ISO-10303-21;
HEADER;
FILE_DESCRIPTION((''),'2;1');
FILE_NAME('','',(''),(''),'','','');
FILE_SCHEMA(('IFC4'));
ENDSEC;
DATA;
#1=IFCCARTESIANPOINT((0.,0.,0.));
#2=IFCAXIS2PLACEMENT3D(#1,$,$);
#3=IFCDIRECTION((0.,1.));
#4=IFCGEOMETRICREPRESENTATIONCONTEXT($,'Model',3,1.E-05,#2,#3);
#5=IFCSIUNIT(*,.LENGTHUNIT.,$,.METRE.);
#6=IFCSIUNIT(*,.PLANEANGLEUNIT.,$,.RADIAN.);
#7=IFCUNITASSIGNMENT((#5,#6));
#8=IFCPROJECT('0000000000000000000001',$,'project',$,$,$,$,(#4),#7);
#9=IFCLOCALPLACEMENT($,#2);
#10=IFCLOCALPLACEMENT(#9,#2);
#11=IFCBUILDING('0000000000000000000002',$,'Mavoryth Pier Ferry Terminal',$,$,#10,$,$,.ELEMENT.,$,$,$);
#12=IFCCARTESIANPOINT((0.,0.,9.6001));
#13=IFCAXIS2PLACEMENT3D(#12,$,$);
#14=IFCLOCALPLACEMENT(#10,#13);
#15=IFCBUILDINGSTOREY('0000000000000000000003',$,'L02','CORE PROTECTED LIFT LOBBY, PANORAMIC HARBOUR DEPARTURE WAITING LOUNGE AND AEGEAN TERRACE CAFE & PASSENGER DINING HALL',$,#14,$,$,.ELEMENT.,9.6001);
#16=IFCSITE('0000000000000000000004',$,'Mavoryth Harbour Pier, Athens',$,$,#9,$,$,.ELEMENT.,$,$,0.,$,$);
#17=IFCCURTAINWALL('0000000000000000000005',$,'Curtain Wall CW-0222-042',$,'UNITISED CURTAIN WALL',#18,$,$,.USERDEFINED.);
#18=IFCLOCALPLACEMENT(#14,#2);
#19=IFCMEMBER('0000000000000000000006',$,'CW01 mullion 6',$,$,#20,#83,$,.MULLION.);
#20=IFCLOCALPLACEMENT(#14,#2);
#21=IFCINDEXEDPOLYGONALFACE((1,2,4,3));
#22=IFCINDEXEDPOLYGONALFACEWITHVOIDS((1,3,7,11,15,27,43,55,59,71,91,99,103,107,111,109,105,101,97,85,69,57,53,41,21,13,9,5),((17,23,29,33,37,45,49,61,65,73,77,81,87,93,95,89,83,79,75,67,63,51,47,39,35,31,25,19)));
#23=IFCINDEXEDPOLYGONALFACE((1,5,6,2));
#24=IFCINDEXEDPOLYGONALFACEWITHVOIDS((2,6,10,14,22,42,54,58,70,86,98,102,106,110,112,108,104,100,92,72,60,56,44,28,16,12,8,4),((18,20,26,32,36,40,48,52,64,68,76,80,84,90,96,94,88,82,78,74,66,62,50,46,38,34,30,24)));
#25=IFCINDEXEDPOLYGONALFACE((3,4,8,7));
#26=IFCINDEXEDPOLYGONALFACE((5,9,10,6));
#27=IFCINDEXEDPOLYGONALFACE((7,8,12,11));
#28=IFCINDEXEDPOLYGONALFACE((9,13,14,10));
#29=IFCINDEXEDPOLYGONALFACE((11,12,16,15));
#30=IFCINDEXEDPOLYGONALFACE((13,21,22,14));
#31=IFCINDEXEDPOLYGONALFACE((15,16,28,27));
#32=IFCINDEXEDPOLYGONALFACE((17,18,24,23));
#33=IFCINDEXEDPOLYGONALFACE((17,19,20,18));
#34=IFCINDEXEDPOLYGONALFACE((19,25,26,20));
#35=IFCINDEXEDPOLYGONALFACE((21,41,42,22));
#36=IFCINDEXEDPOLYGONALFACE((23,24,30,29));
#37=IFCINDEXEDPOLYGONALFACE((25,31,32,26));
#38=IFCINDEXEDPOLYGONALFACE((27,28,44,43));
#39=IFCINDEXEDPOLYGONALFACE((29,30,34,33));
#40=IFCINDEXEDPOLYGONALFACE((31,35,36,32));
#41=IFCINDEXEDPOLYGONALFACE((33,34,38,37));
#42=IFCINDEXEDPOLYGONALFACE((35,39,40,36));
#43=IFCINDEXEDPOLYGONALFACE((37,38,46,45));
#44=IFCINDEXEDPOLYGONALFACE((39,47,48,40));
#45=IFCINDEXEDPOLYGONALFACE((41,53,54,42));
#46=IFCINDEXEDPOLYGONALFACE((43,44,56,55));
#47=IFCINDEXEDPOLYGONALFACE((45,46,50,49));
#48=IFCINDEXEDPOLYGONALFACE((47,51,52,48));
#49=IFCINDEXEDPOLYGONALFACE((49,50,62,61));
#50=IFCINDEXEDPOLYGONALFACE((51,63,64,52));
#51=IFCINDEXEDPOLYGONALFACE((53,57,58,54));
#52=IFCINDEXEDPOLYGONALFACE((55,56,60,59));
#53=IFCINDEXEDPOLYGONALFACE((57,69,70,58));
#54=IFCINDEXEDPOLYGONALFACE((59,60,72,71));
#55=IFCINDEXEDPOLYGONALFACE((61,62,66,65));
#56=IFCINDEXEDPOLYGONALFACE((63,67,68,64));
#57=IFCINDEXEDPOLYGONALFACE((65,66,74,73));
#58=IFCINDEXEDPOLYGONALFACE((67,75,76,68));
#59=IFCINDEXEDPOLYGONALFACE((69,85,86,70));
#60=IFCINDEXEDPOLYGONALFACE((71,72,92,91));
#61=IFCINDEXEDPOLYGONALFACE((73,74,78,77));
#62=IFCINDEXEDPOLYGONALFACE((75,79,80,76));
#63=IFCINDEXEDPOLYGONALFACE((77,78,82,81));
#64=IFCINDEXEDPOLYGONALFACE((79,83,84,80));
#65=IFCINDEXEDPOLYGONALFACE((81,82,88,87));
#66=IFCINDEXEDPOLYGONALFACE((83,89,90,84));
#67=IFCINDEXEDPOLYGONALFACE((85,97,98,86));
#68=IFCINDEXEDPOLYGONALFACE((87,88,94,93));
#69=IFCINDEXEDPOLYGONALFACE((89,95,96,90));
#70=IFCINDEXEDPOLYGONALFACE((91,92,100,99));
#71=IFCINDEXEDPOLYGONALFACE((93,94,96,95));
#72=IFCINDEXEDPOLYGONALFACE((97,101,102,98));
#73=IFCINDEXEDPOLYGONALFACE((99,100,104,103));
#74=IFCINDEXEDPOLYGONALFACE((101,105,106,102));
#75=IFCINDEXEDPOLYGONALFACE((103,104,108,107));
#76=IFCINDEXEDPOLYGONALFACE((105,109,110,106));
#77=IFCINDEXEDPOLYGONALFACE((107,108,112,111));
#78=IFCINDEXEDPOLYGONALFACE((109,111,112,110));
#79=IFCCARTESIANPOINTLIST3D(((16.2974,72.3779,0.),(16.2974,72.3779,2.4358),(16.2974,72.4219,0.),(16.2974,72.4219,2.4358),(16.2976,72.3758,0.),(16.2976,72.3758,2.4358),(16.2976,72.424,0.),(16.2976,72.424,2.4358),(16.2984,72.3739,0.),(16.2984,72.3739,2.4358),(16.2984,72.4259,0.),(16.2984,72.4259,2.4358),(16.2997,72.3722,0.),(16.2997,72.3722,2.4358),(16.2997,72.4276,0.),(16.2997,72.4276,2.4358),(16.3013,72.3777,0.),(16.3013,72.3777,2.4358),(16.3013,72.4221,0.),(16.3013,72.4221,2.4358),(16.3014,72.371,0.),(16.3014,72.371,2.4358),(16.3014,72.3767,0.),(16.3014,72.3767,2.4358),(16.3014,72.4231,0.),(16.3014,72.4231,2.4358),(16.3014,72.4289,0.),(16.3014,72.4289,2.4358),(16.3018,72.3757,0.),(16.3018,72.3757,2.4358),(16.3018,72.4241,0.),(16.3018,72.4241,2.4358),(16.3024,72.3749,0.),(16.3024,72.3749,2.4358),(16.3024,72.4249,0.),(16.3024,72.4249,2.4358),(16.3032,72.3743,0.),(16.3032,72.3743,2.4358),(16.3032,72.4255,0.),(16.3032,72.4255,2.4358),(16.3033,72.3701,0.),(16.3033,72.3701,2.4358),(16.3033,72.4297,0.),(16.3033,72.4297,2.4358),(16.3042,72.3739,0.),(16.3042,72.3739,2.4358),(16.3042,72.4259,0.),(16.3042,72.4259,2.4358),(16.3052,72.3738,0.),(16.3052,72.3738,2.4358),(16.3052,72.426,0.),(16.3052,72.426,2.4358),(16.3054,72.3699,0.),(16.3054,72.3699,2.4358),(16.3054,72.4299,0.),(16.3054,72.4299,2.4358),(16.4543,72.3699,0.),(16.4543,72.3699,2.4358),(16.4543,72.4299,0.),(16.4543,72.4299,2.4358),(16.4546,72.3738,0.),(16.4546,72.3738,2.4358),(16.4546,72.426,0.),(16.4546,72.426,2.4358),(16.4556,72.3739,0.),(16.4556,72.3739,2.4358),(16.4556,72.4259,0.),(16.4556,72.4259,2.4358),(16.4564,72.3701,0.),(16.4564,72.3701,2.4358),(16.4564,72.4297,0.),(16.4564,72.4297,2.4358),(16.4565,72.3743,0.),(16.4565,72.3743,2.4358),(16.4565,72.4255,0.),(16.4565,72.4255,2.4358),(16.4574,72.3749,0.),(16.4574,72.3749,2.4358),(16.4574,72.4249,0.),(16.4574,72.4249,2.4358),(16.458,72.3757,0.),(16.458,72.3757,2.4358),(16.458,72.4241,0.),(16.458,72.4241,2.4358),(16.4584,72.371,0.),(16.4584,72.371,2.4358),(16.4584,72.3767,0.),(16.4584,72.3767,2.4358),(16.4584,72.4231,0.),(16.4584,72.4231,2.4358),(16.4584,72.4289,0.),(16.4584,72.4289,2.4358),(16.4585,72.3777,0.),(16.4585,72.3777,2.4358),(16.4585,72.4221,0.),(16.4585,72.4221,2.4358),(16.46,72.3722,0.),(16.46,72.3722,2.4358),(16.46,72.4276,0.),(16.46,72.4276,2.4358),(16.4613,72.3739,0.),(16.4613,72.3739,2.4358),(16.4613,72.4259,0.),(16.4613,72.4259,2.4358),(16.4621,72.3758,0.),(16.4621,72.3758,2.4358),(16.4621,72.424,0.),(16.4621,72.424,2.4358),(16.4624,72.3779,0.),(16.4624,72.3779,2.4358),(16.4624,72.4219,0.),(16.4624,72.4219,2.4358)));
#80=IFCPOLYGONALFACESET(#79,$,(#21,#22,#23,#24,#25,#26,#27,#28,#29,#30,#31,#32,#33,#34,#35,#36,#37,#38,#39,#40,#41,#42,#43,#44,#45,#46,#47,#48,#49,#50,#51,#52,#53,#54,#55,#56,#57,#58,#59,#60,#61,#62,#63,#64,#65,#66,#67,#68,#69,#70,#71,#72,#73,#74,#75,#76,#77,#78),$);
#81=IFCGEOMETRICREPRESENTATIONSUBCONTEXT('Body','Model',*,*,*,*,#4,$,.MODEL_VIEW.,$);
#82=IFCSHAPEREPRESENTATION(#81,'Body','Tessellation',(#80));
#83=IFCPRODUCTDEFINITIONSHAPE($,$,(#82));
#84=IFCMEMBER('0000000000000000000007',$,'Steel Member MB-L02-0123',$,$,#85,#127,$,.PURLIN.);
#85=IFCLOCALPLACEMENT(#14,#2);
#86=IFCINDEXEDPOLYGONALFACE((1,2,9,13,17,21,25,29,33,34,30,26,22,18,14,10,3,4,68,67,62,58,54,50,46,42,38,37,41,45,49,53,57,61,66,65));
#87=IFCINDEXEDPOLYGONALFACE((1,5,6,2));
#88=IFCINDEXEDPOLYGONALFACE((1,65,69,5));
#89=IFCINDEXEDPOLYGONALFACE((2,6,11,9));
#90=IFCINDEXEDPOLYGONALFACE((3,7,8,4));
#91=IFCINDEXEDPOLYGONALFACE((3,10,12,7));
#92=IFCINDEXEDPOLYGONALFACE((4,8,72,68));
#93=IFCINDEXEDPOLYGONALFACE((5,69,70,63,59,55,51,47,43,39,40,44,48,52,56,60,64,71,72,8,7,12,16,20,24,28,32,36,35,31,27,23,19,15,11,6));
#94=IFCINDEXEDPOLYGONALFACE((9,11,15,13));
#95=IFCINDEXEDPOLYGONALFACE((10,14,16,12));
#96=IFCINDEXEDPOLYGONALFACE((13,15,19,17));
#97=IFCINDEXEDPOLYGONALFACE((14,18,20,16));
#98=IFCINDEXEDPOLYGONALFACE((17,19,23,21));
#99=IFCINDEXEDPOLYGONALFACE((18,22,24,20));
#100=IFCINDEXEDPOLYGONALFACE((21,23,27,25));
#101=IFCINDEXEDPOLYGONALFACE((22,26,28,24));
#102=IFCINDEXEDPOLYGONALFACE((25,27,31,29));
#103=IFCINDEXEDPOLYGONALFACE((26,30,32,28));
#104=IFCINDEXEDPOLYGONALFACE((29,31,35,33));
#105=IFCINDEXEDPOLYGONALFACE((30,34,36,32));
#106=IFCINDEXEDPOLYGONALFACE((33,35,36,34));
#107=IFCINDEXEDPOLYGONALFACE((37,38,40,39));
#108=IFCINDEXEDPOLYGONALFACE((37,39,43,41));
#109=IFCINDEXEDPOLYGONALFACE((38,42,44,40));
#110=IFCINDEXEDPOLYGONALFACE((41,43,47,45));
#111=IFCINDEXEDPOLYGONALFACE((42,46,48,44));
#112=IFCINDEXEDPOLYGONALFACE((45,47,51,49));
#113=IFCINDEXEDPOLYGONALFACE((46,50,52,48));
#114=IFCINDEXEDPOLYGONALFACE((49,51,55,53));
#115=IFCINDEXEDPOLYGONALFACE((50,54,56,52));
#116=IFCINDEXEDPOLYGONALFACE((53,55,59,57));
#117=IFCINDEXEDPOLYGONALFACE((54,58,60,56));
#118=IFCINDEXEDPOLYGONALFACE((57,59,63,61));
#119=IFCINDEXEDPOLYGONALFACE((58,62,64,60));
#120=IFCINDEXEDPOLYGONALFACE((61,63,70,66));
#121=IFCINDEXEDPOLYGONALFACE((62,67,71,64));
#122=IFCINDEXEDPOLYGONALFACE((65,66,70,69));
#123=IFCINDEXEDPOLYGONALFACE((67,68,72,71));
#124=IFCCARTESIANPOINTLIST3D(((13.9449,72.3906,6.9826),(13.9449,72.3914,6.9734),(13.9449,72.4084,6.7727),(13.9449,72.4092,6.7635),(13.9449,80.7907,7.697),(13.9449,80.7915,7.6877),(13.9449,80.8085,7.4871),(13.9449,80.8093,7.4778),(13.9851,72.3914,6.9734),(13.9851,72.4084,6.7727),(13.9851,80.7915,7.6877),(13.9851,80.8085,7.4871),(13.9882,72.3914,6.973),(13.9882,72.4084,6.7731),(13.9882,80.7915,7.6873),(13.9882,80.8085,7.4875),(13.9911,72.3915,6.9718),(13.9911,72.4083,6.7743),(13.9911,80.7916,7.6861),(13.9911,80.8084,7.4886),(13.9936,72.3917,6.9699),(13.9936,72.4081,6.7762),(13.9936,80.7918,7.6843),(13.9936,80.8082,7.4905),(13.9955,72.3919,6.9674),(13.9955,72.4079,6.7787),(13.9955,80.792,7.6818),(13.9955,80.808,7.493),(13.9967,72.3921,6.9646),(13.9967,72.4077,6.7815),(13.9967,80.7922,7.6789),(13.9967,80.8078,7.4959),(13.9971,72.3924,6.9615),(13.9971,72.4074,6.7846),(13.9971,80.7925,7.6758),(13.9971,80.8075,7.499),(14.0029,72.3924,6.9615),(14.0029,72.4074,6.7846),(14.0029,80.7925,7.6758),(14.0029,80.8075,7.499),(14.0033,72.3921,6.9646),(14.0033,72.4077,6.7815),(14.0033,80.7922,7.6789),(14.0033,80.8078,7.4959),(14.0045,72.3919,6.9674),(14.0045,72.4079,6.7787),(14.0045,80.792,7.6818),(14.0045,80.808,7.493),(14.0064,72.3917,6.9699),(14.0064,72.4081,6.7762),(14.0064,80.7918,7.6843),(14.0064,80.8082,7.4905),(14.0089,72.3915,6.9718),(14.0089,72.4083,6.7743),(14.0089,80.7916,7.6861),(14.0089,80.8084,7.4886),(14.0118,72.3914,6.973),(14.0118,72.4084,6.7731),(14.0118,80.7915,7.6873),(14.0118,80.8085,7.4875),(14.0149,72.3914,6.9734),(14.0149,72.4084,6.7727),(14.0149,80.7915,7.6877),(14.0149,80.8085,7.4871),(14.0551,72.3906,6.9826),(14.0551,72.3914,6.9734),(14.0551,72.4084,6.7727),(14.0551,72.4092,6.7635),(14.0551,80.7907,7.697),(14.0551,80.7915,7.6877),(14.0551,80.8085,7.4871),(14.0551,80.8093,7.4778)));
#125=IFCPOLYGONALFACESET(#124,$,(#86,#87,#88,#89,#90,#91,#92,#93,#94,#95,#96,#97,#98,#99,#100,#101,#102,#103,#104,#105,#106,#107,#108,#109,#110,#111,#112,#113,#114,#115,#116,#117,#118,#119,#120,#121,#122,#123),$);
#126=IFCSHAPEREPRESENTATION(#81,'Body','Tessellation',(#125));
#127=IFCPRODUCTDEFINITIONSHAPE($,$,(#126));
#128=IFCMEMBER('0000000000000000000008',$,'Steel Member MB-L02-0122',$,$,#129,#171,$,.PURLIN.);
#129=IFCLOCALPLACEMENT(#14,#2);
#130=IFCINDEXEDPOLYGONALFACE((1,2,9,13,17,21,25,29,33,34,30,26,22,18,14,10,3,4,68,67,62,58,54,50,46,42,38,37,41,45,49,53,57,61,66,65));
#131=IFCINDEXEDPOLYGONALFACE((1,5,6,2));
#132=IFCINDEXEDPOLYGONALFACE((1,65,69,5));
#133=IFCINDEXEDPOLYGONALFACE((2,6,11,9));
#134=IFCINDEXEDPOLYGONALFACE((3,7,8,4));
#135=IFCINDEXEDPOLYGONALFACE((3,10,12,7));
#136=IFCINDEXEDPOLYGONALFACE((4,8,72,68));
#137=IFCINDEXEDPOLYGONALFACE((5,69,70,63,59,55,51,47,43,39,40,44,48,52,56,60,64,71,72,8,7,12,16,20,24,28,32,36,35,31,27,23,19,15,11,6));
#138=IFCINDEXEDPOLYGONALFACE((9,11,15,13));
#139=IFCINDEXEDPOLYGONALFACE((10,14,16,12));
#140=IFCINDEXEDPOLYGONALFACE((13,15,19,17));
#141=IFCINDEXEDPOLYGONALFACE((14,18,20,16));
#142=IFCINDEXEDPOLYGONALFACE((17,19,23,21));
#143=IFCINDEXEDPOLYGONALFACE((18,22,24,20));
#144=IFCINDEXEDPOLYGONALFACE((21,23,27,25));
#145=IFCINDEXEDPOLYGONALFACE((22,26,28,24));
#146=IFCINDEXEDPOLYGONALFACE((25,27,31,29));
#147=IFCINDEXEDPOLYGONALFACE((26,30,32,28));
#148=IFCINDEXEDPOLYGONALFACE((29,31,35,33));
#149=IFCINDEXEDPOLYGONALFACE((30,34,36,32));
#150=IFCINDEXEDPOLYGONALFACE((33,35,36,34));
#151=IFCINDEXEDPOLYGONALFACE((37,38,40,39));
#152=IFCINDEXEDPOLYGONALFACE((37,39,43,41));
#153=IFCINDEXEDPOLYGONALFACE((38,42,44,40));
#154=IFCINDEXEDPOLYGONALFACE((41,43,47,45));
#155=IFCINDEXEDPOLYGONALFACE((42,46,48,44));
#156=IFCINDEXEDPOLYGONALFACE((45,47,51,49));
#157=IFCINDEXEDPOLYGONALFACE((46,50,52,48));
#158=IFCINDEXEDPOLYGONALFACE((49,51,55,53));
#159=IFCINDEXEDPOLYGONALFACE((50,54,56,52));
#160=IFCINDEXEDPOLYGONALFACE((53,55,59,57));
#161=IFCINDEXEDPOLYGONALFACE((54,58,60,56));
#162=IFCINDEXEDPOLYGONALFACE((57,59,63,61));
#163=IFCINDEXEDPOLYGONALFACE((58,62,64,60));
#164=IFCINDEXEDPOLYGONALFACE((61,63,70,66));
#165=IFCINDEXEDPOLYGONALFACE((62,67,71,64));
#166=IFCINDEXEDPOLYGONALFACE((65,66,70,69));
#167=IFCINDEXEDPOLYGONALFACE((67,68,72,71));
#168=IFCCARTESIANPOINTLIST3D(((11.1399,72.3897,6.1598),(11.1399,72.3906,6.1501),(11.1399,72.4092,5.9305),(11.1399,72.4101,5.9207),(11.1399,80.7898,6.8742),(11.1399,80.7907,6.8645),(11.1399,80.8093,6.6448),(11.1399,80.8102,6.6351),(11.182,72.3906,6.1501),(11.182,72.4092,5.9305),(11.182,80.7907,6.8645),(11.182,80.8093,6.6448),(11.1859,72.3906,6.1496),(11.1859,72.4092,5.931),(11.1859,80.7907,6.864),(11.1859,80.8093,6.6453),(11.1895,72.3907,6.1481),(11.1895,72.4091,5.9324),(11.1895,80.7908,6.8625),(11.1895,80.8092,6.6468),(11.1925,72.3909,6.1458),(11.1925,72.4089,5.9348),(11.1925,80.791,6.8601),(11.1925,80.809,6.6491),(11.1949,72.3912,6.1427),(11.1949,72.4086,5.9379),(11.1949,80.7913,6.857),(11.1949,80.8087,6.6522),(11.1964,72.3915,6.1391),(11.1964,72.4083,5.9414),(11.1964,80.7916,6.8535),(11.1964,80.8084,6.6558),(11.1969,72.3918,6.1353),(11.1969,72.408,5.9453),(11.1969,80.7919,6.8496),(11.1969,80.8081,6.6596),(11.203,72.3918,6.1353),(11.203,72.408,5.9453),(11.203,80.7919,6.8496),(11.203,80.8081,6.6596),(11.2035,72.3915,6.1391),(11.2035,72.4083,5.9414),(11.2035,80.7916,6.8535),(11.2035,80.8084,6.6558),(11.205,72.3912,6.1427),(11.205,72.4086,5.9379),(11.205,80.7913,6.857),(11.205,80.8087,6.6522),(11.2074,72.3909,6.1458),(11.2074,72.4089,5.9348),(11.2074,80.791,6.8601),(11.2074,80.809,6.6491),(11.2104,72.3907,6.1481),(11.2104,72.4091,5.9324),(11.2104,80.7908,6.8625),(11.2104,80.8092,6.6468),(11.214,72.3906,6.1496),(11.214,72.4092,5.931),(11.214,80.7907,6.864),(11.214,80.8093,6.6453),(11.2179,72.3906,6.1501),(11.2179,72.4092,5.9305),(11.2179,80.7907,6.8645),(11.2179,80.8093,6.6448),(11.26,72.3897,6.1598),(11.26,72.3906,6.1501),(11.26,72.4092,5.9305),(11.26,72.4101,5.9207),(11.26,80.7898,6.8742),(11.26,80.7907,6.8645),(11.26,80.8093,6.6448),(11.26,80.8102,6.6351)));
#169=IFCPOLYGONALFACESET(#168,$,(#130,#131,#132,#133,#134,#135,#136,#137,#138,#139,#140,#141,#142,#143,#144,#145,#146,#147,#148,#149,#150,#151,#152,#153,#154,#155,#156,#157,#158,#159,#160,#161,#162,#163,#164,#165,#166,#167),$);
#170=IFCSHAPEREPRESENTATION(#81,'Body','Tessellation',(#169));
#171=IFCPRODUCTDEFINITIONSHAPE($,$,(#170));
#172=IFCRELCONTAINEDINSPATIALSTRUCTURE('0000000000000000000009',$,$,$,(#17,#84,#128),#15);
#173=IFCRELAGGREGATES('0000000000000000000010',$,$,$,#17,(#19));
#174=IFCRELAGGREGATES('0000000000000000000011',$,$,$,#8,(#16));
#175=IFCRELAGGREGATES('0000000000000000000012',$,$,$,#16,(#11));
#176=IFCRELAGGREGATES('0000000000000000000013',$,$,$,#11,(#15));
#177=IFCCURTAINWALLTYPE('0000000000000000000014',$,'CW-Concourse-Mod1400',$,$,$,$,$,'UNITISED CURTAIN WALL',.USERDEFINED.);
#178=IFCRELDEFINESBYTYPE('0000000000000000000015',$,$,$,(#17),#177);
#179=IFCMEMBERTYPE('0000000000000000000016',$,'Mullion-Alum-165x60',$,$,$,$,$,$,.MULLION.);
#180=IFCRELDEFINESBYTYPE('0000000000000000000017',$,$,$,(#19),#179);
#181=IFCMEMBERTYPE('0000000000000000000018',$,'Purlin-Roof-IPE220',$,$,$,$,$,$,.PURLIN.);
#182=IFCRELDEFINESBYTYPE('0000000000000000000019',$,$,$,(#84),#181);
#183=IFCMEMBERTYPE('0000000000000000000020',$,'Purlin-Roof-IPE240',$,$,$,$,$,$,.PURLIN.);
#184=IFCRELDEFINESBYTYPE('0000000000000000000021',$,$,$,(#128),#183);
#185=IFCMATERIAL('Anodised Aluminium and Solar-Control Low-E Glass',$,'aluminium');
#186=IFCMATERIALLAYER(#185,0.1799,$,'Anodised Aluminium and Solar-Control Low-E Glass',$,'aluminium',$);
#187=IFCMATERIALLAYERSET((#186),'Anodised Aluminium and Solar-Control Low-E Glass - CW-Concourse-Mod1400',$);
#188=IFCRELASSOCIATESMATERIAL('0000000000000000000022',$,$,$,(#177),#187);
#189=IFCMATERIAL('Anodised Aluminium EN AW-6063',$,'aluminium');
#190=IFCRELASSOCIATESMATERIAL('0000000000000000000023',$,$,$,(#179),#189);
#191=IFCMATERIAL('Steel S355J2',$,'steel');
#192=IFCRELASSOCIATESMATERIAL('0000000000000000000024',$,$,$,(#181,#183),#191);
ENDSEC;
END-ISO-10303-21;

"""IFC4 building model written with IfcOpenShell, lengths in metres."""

from ifc_helpers import new_model, si_unit, direction, frame, origin, origin_2d, place, context, subcontext, project, spatial, hollow_rectangle, i_section, extrude, material, layer, layer_set, material_profile, profile_set, type_object, element, aggregate, save


model = new_model("IFC4")

# Units and contexts
model_context = context("Model", 3, precision=1e-05, world=origin(), true_north=direction((0.0, 1.0)))
body_context = subcontext(model_context, "Body", "Model", "MODEL_VIEW")
ifc_project = project(units=[si_unit("LENGTHUNIT", "METRE"), si_unit("PLANEANGLEUNIT", "RADIAN")], contexts=[model_context])

# Site, building, storey
site_placement = place(None, origin())
site = spatial("IfcSite", under=ifc_project, at=site_placement, Name="Mavoryth Harbour Pier, Athens", CompositionType="ELEMENT", RefElevation=0.0)
building_placement = place(site_placement, origin())
building = spatial("IfcBuilding", under=site, at=building_placement, Name="Mavoryth Pier Ferry Terminal", CompositionType="ELEMENT")
storey_placement = place(building_placement, frame((0.0, 0.0, 9.6001)))
storey = spatial("IfcBuildingStorey", under=building, at=storey_placement, Name="L02", Description="CORE PROTECTED LIFT LOBBY, PANORAMIC HARBOUR DEPARTURE WAITING LOUNGE AND AEGEAN TERRACE CAFE & PASSENGER DINING HALL", CompositionType="ELEMENT", Elevation=9.6001)

# Shared definitions
ifc_material_1 = material(Name="Steel S355J2", Category="steel")

# Shared definitions
ifc_material_2 = material(Name="Anodised Aluminium and Solar-Control Low-E Glass", Category="aluminium")
ifc_layer_1 = layer(ifc_material_2, 0.1799, Name="Anodised Aluminium and Solar-Control Low-E Glass", Category="aluminium")
ifc_layer_set_1 = layer_set([ifc_layer_1], Name="Anodised Aluminium and Solar-Control Low-E Glass - CW-Concourse-Mod1400")
curtain_wall_type = type_object("IfcCurtainWallType", Name="CW-Concourse-Mod1400", ElementType="UNITISED CURTAIN WALL", PredefinedType="USERDEFINED", material=ifc_layer_set_1)
ifc_material_3 = material(Name="Anodised Aluminium EN AW-6063", Category="aluminium")
ifc_material_profile_1 = material_profile(ifc_material_3, hollow_rectangle(XDim=0.0601, YDim=0.165, WallThickness=0.0039, InnerFilletRadius=0.0039, OuterFilletRadius=0.0081, at=origin_2d()), Name="AL-MULL 165x60x4", Category="aluminium")
ifc_profile_set_1 = profile_set([ifc_material_profile_1], Name="Anodised Aluminium EN AW-6063 - AL-MULL 165x60x4")
member_type_1 = type_object("IfcMemberType", Name="Mullion-Alum-165x60", PredefinedType="MULLION", material=ifc_profile_set_1)

# Curtain wall, member
curtain_wall_1_placement = place(storey_placement, origin())
curtain_wall_1 = element("IfcCurtainWall", 1, at=curtain_wall_1_placement, inside=storey, type_object=curtain_wall_type, Name="Curtain Wall CW-0222-042", ObjectType="UNITISED CURTAIN WALL", PredefinedType="USERDEFINED")
member_1_placement = place(storey_placement, frame((16.3799, 72.3999, 0.0), z_axis=(0.0, 0.0, 1.0), x_axis=(0.0, 1.0, 0.0)))
member_1 = element("IfcMember", 2, at=member_1_placement, type_object=member_type_1, Name="CW01 mullion 6", PredefinedType="MULLION", context=body_context, shape_type="SweptSolid", body=[
    extrude(hollow_rectangle(XDim=0.0601, YDim=0.165, WallThickness=0.0039, InnerFilletRadius=0.0039, OuterFilletRadius=0.0081, at=origin_2d()), origin(), (0.0, 0.0, 1.0), 2.4358),
])

# Members
ifc_material_profile_2 = material_profile(ifc_material_1, i_section(OverallWidth=0.1101, OverallDepth=0.22, WebThickness=0.0059, FlangeThickness=0.0093, FilletRadius=0.012, at=origin_2d()), Name="IPE 220", Category="steel")
ifc_profile_set_2 = profile_set([ifc_material_profile_2], Name="Steel S355J2 - IPE 220")
member_type_2 = type_object("IfcMemberType", Name="Purlin-Roof-IPE220", PredefinedType="PURLIN", material=ifc_profile_set_2)
member_2_placement = place(storey_placement, frame((14.0, 72.3999, 6.873), z_axis=(0.0, 0.996404, 0.084735), x_axis=(-1.0, 0.0, 0.0)))
element("IfcMember", 3, at=member_2_placement, inside=storey, type_object=member_type_2, Name="Steel Member MB-L02-0123", PredefinedType="PURLIN", context=body_context, shape_type="SweptSolid", body=[
    extrude(i_section(OverallWidth=0.1101, OverallDepth=0.22, WebThickness=0.0059, FlangeThickness=0.0093, FilletRadius=0.012, at=origin_2d()), origin(), (0.0, 0.0, 1.0), 8.4304),
])
ifc_material_profile_3 = material_profile(ifc_material_1, i_section(OverallWidth=0.1201, OverallDepth=0.24, WebThickness=0.0061, FlangeThickness=0.0098, FilletRadius=0.0149, at=origin_2d()), Name="IPE 240", Category="steel")
ifc_profile_set_3 = profile_set([ifc_material_profile_3], Name="Steel S355J2 - IPE 240")
member_type_3 = type_object("IfcMemberType", Name="Purlin-Roof-IPE240", PredefinedType="PURLIN", material=ifc_profile_set_3)
member_3_placement = place(storey_placement, frame((11.2, 72.3999, 6.0403), z_axis=(0.0, 0.996404, 0.084735), x_axis=(-1.0, 0.0, 0.0)))
element("IfcMember", 4, at=member_3_placement, inside=storey, type_object=member_type_3, Name="Steel Member MB-L02-0122", PredefinedType="PURLIN", context=body_context, shape_type="SweptSolid", body=[
    extrude(i_section(OverallWidth=0.1201, OverallDepth=0.24, WebThickness=0.0061, FlangeThickness=0.0098, FilletRadius=0.0149, at=origin_2d()), origin(), (0.0, 0.0, 1.0), 8.4304),
])

aggregate(curtain_wall_1, [member_1])

save(model, "model.ifc")
